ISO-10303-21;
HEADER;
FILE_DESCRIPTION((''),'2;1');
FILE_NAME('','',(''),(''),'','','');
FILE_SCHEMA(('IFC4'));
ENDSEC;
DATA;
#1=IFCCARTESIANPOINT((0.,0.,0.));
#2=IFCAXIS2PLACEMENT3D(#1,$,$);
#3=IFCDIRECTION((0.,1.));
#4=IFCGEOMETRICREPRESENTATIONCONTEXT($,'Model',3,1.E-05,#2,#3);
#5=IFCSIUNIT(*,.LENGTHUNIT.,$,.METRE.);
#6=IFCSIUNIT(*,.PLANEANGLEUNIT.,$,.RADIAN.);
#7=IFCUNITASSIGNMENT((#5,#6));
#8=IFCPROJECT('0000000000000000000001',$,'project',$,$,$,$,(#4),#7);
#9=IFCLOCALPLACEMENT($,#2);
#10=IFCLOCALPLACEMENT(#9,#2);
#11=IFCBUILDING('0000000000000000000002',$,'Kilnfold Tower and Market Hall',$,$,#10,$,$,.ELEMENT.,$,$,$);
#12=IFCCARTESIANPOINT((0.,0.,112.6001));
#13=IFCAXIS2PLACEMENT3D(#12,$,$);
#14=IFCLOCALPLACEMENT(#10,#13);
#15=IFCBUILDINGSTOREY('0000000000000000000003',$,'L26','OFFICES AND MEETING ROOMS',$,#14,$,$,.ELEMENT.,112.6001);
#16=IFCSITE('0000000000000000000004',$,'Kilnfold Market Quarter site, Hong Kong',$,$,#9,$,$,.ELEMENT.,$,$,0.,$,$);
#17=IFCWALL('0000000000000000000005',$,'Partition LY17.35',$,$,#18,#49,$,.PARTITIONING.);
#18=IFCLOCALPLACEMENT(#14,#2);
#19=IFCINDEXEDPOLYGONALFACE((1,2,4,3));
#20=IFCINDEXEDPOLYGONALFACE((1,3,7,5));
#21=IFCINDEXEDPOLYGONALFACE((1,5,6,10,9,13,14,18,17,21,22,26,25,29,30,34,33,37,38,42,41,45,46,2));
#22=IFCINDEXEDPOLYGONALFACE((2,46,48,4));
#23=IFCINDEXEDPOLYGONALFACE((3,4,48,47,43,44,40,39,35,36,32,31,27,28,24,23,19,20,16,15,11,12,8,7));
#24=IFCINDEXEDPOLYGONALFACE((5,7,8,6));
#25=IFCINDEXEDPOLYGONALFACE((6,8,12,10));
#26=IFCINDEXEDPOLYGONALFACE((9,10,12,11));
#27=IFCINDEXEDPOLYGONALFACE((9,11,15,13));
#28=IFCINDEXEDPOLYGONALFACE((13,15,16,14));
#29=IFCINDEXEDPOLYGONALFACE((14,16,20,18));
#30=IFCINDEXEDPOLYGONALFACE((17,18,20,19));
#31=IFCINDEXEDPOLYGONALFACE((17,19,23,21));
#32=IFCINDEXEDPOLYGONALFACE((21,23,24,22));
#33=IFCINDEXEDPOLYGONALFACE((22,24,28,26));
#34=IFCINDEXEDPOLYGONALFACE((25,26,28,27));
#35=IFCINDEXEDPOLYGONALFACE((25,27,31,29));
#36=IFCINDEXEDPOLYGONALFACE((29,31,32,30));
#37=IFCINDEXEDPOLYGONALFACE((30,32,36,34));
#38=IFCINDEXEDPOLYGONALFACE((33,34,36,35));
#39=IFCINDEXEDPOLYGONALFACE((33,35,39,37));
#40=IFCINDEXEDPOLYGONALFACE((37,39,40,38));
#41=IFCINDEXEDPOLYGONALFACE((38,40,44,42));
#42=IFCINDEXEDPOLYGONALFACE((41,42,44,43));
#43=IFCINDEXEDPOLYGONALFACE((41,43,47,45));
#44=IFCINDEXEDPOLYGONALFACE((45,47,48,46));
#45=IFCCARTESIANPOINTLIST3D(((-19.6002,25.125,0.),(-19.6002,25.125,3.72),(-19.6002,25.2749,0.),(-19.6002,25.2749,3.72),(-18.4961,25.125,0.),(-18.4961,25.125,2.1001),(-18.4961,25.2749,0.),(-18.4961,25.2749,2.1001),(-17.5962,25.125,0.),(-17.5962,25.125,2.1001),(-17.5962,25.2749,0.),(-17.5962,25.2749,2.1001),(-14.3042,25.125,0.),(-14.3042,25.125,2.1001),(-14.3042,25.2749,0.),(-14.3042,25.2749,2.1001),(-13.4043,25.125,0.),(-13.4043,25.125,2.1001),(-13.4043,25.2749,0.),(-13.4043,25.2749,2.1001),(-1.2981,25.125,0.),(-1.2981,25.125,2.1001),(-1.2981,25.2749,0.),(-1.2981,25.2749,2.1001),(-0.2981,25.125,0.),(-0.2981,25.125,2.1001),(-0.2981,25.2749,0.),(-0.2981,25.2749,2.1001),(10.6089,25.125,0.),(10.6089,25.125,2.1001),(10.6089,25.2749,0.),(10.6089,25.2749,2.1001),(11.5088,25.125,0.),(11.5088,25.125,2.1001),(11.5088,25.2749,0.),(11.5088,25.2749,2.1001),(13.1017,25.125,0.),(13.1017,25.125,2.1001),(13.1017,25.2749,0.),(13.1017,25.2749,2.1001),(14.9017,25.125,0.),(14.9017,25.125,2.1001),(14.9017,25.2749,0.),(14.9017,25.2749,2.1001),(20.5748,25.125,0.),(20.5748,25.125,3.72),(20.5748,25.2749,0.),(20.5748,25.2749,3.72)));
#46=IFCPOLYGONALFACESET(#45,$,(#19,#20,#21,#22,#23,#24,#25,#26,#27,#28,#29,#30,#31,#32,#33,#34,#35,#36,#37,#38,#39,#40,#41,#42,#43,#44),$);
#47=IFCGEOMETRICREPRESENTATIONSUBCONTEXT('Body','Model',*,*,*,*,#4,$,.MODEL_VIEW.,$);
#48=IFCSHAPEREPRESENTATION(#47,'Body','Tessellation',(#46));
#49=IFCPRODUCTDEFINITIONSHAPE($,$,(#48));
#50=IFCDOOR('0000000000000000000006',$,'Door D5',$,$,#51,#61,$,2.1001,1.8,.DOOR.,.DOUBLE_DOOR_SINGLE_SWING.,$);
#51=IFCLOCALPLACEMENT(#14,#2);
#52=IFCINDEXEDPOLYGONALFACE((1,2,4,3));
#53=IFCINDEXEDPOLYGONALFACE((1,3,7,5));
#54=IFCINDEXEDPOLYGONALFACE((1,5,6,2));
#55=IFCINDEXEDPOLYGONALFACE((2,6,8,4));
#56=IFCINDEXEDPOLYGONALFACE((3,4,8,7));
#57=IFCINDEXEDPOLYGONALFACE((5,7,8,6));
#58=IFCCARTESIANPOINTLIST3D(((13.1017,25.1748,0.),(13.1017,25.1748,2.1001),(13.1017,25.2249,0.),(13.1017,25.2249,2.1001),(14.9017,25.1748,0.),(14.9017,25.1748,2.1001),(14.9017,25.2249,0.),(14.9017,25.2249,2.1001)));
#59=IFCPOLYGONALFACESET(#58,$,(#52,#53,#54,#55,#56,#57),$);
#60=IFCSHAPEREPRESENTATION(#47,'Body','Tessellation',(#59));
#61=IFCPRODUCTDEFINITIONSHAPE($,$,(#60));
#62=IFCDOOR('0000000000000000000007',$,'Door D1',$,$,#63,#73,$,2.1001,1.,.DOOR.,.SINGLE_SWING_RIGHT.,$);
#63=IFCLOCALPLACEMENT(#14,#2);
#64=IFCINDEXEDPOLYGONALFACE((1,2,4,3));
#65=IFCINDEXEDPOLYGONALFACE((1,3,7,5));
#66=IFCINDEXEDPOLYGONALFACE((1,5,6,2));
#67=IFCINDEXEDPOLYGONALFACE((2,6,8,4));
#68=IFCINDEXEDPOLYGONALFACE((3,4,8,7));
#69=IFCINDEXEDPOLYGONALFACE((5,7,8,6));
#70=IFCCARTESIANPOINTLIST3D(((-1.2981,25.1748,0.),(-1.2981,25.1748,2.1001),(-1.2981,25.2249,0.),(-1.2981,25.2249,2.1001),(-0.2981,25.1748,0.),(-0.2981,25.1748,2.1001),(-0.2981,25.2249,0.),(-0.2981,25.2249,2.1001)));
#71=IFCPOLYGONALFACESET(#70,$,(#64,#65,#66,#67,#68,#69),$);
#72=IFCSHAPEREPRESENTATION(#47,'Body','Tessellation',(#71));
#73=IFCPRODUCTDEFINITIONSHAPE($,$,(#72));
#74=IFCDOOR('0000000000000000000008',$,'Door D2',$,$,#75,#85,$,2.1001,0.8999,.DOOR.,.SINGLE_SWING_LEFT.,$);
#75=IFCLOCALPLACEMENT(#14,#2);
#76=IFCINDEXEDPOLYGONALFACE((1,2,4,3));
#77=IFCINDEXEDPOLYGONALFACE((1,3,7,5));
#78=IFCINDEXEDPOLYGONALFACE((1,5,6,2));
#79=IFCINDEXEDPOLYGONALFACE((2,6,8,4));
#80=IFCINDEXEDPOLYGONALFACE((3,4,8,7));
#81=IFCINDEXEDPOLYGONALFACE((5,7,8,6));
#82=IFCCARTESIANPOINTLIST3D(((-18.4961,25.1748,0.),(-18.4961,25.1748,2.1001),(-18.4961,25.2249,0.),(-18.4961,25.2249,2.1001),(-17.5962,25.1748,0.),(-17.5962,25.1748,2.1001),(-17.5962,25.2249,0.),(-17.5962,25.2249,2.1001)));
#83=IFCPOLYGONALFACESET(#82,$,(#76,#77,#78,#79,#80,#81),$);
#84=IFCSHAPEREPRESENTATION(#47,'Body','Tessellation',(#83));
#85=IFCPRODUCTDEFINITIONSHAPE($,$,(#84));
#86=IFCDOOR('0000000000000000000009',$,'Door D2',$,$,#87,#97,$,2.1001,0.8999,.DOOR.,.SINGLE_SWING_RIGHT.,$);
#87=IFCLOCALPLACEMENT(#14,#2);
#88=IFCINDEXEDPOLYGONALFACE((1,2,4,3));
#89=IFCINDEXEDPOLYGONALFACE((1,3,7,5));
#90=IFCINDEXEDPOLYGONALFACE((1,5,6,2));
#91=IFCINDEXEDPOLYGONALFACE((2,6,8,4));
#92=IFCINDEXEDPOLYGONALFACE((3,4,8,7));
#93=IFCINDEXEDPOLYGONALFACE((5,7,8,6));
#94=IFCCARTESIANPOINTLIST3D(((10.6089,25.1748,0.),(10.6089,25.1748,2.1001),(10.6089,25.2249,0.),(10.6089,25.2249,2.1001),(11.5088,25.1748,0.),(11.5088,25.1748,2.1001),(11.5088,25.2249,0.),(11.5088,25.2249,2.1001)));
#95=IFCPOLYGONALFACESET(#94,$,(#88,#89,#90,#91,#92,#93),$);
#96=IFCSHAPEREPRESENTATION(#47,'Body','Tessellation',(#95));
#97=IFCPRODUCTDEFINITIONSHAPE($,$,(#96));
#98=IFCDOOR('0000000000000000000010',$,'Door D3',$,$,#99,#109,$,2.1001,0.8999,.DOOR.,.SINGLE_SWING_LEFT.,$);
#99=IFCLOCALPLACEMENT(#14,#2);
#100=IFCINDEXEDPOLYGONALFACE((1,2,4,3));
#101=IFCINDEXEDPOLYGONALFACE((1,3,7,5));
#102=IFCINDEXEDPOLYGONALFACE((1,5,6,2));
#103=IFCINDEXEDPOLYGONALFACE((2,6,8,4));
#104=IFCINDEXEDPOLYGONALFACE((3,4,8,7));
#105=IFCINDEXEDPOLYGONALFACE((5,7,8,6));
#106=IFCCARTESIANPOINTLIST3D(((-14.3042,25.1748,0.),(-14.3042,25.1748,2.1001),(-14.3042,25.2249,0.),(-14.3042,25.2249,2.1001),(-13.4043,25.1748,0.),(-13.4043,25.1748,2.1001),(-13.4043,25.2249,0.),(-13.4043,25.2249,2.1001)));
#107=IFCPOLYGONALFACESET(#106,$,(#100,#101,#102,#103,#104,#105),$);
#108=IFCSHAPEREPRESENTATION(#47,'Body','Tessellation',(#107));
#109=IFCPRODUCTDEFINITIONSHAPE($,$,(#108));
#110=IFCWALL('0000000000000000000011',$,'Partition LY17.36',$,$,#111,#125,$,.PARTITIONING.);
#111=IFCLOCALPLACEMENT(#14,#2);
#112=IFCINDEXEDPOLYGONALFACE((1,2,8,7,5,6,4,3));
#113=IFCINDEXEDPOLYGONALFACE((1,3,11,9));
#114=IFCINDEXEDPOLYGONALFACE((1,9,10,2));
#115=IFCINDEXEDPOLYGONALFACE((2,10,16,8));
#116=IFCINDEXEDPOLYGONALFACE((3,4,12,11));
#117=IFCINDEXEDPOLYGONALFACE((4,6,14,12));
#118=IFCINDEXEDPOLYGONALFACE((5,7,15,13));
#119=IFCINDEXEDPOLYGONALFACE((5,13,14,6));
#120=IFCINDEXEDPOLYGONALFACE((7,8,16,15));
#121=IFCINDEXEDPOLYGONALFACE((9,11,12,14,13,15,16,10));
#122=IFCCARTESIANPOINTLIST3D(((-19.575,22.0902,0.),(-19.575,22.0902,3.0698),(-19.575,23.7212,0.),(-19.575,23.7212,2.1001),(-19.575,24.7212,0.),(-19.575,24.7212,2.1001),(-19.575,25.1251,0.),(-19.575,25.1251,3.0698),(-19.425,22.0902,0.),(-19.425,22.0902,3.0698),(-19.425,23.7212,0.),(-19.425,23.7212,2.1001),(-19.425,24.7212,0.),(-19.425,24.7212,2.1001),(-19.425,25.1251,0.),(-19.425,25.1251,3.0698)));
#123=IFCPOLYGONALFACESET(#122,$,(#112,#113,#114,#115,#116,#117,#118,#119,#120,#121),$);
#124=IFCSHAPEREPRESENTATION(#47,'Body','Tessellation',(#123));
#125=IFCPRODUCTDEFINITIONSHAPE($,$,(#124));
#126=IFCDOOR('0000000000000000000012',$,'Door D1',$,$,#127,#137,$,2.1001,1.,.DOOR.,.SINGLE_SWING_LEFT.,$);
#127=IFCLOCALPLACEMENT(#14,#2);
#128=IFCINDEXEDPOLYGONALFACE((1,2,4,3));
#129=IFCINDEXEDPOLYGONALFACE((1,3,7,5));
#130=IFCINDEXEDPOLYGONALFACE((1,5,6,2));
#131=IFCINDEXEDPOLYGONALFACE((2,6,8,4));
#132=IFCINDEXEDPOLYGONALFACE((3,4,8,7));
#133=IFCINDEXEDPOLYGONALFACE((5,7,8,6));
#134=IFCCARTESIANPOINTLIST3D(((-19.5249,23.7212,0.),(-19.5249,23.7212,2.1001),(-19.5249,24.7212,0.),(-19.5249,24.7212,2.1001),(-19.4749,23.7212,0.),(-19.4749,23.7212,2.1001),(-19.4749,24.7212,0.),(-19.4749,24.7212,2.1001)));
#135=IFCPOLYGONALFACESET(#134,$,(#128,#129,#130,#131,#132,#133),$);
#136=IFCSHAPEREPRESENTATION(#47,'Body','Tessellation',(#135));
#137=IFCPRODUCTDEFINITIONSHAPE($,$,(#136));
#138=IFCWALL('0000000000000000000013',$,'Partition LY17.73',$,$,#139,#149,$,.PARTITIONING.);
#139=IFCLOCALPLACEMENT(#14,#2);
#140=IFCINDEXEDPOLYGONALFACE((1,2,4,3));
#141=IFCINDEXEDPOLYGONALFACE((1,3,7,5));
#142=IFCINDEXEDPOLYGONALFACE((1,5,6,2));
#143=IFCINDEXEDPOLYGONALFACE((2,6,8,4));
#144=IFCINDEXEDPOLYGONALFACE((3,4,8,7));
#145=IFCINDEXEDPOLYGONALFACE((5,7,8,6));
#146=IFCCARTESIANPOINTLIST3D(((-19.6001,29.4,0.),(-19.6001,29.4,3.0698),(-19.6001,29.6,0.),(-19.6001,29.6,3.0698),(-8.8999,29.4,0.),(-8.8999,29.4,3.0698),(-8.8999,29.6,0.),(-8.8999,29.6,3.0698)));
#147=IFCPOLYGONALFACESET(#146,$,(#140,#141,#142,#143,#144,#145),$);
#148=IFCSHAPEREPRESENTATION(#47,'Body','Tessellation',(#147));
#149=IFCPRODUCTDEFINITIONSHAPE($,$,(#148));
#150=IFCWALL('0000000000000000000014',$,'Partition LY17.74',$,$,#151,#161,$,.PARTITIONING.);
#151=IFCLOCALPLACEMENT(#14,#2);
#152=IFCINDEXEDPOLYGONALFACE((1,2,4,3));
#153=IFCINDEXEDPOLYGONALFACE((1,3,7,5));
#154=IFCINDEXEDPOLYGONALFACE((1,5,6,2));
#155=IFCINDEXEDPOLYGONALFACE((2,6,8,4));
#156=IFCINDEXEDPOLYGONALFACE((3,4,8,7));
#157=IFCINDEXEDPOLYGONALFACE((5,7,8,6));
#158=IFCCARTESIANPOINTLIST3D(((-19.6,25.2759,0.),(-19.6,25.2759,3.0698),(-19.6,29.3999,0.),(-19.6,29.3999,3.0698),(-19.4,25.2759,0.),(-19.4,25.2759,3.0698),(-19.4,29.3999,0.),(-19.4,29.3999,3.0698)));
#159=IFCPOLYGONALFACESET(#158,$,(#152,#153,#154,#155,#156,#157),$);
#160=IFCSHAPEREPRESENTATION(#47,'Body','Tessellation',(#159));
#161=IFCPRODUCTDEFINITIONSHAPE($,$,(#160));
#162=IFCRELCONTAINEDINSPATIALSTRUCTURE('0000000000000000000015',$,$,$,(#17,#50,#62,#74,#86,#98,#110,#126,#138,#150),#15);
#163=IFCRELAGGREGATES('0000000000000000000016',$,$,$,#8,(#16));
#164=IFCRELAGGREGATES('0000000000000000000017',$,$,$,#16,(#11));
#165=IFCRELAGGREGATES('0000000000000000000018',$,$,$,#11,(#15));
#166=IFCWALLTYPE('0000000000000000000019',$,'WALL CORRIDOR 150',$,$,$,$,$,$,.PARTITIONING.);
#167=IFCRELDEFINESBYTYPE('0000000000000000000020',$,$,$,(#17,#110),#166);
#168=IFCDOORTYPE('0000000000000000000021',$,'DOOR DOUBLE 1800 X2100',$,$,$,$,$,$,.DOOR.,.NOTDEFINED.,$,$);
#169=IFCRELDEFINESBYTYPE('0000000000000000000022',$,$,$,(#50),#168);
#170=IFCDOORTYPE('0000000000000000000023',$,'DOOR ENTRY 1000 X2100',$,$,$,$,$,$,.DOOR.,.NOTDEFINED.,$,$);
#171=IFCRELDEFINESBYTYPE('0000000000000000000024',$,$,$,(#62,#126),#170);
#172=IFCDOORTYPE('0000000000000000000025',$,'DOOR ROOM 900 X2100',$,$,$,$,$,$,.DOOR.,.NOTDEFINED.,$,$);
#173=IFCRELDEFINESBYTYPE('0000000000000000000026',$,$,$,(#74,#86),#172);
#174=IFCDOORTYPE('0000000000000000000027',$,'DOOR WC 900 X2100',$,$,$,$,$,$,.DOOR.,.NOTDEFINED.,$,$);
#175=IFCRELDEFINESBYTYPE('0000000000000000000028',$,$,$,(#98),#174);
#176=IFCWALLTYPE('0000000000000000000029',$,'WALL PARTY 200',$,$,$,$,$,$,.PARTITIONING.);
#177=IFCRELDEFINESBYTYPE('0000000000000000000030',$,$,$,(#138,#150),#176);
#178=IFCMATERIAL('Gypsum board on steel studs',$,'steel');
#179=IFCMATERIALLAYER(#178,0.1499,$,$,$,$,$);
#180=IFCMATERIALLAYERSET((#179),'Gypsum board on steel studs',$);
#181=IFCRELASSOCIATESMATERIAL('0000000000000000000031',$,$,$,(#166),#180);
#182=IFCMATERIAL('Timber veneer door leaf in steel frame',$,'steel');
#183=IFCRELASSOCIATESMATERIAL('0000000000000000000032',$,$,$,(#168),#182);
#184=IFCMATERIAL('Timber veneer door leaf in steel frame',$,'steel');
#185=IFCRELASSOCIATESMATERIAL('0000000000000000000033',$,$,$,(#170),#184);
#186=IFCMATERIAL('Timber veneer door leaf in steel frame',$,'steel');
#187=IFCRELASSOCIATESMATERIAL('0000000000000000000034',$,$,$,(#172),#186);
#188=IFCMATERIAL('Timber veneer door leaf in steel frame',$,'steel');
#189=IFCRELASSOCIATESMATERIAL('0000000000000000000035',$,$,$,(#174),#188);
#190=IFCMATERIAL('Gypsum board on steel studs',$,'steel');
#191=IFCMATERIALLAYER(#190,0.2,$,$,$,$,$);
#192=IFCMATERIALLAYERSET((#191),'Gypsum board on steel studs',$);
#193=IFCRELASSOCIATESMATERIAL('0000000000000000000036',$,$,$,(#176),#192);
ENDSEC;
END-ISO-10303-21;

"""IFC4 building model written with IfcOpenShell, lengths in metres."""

from ifc_helpers import new_model, si_unit, direction, frame, frame_2d, origin, place, context, subcontext, project, spatial, rectangle, extrude, material, layer, layer_set, type_object, element, fill, save


model = new_model("IFC4")

# Units and contexts
model_context = context("Model", 3, precision=1e-05, world=origin(), true_north=direction((0.0, 1.0)))
body_context = subcontext(model_context, "Body", "Model", "MODEL_VIEW")
ifc_project = project(units=[si_unit("LENGTHUNIT", "METRE"), si_unit("PLANEANGLEUNIT", "RADIAN")], contexts=[model_context])

# Site, building, storey
site_placement = place(None, origin())
site = spatial("IfcSite", under=ifc_project, at=site_placement, Name="Kilnfold Market Quarter site, Hong Kong", CompositionType="ELEMENT", RefElevation=0.0)
building_placement = place(site_placement, origin())
building = spatial("IfcBuilding", under=site, at=building_placement, Name="Kilnfold Tower and Market Hall", CompositionType="ELEMENT")
storey_placement = place(building_placement, frame((0.0, 0.0, 112.6001)))
storey = spatial("IfcBuildingStorey", under=building, at=storey_placement, Name="L26", Description="OFFICES AND MEETING ROOMS", CompositionType="ELEMENT", Elevation=112.6001)

# Wall, openings, doors
ifc_material_1 = material(Name="Gypsum board on steel studs", Category="steel")
ifc_layer_1 = layer(ifc_material_1, 0.1499)
ifc_layer_set_1 = layer_set([ifc_layer_1], Name="Gypsum board on steel studs")
wall_type_1 = type_object("IfcWallType", Name="WALL CORRIDOR 150", PredefinedType="PARTITIONING", material=ifc_layer_set_1)
wall_1_placement = place(storey_placement, frame((-19.6001, 25.2, 0.0), z_axis=(0.0, 0.0, 1.0), x_axis=(1.0, 0.0, 0.0)))
wall_1 = element("IfcWall", 1, at=wall_1_placement, inside=storey, type_object=wall_type_1, Name="Partition LY17.35", PredefinedType="PARTITIONING", context=body_context, shape_type="SweptSolid", body=[
    extrude(rectangle(XDim=40.175, YDim=0.1499, at=frame_2d((20.0874, 0.0))), origin(), (0.0, 0.0, 1.0), 3.72),
])
opening_1_placement = place(wall_1_placement, frame((1.104, 0.0, 0.0)))
opening_1 = element("IfcOpeningElement", 2, at=opening_1_placement, cuts=wall_1, PredefinedType="OPENING", context=body_context, shape_type="SweptSolid", body=[
    extrude(rectangle(XDim=0.8999, YDim=2.1001, at=frame_2d((0.45, 1.05))), frame((0.0, 0.085, 0.0), z_axis=(0.0, -1.0, 0.0), x_axis=(1.0, 0.0, 0.0)), (0.0, 0.0, 1.0), 0.1699),
])
opening_2_placement = place(wall_1_placement, frame((5.2959, 0.0, 0.0)))
opening_2 = element("IfcOpeningElement", 3, at=opening_2_placement, cuts=wall_1, PredefinedType="OPENING", context=body_context, shape_type="SweptSolid", body=[
    extrude(rectangle(XDim=0.8999, YDim=2.1001, at=frame_2d((0.45, 1.05))), frame((0.0, 0.085, 0.0), z_axis=(0.0, -1.0, 0.0), x_axis=(1.0, 0.0, 0.0)), (0.0, 0.0, 1.0), 0.1699),
])
opening_3_placement = place(wall_1_placement, frame((18.302, 0.0, 0.0)))
opening_3 = element("IfcOpeningElement", 4, at=opening_3_placement, cuts=wall_1, PredefinedType="OPENING", context=body_context, shape_type="SweptSolid", body=[
    extrude(rectangle(XDim=1.0, YDim=2.1001, at=frame_2d((0.5, 1.05))), frame((0.0, 0.085, 0.0), z_axis=(0.0, -1.0, 0.0), x_axis=(1.0, 0.0, 0.0)), (0.0, 0.0, 1.0), 0.1699),
])
opening_4_placement = place(wall_1_placement, frame((30.209, 0.0, 0.0)))
opening_4 = element("IfcOpeningElement", 5, at=opening_4_placement, cuts=wall_1, PredefinedType="OPENING", context=body_context, shape_type="SweptSolid", body=[
    extrude(rectangle(XDim=0.8999, YDim=2.1001, at=frame_2d((0.45, 1.05))), frame((0.0, 0.085, 0.0), z_axis=(0.0, -1.0, 0.0), x_axis=(1.0, 0.0, 0.0)), (0.0, 0.0, 1.0), 0.1699),
])
opening_5_placement = place(wall_1_placement, frame((32.7019, 0.0, 0.0)))
opening_5 = element("IfcOpeningElement", 6, at=opening_5_placement, cuts=wall_1, PredefinedType="OPENING", context=body_context, shape_type="SweptSolid", body=[
    extrude(rectangle(XDim=1.8, YDim=2.1001, at=frame_2d((0.8999, 1.05))), frame((0.0, 0.085, 0.0), z_axis=(0.0, -1.0, 0.0), x_axis=(1.0, 0.0, 0.0)), (0.0, 0.0, 1.0), 0.1699),
])
ifc_material_2 = material(Name="Timber veneer door leaf in steel frame", Category="steel")
door_type_1 = type_object("IfcDoorType", Name="DOOR DOUBLE 1800 X2100", OperationType="NOTDEFINED", PredefinedType="DOOR", material=ifc_material_2)
door_1_placement = place(opening_5_placement, origin())
door_1 = element("IfcDoor", 7, at=door_1_placement, inside=storey, type_object=door_type_1, Name="Door D5", OperationType="DOUBLE_DOOR_SINGLE_SWING", OverallHeight=2.1001, OverallWidth=1.8, PredefinedType="DOOR", context=body_context, shape_type="SweptSolid", body=[
    extrude(rectangle(XDim=1.8, YDim=2.1001, at=frame_2d((0.8999, 1.05))), frame((0.0, 0.0249, 0.0), z_axis=(0.0, -1.0, 0.0), x_axis=(1.0, 0.0, 0.0)), (0.0, 0.0, 1.0), 0.05),
])
fill(opening_5, door_1)
ifc_material_3 = material(Name="Timber veneer door leaf in steel frame", Category="steel")
door_type_2 = type_object("IfcDoorType", Name="DOOR ENTRY 1000 X2100", OperationType="NOTDEFINED", PredefinedType="DOOR", material=ifc_material_3)
door_2_placement = place(opening_3_placement, origin())
door_2 = element("IfcDoor", 8, at=door_2_placement, inside=storey, type_object=door_type_2, Name="Door D1", OperationType="SINGLE_SWING_RIGHT", OverallHeight=2.1001, OverallWidth=1.0, PredefinedType="DOOR", context=body_context, shape_type="SweptSolid", body=[
    extrude(rectangle(XDim=1.0, YDim=2.1001, at=frame_2d((0.5, 1.05))), frame((0.0, 0.0249, 0.0), z_axis=(0.0, -1.0, 0.0), x_axis=(1.0, 0.0, 0.0)), (0.0, 0.0, 1.0), 0.05),
])
fill(opening_3, door_2)
ifc_material_4 = material(Name="Timber veneer door leaf in steel frame", Category="steel")
door_type_3 = type_object("IfcDoorType", Name="DOOR ROOM 900 X2100", OperationType="NOTDEFINED", PredefinedType="DOOR", material=ifc_material_4)
door_3_placement = place(opening_1_placement, origin())
door_3 = element("IfcDoor", 9, at=door_3_placement, inside=storey, type_object=door_type_3, Name="Door D2", OperationType="SINGLE_SWING_LEFT", OverallHeight=2.1001, OverallWidth=0.8999, PredefinedType="DOOR", context=body_context, shape_type="SweptSolid", body=[
    extrude(rectangle(XDim=0.8999, YDim=2.1001, at=frame_2d((0.45, 1.05))), frame((0.0, 0.0249, 0.0), z_axis=(0.0, -1.0, 0.0), x_axis=(1.0, 0.0, 0.0)), (0.0, 0.0, 1.0), 0.05),
])
fill(opening_1, door_3)
door_4_placement = place(opening_4_placement, origin())
door_4 = element("IfcDoor", 10, at=door_4_placement, inside=storey, type_object=door_type_3, Name="Door D2", OperationType="SINGLE_SWING_RIGHT", OverallHeight=2.1001, OverallWidth=0.8999, PredefinedType="DOOR", context=body_context, shape_type="SweptSolid", body=[
    extrude(rectangle(XDim=0.8999, YDim=2.1001, at=frame_2d((0.45, 1.05))), frame((0.0, 0.0249, 0.0), z_axis=(0.0, -1.0, 0.0), x_axis=(1.0, 0.0, 0.0)), (0.0, 0.0, 1.0), 0.05),
])
fill(opening_4, door_4)
ifc_material_5 = material(Name="Timber veneer door leaf in steel frame", Category="steel")
door_type_4 = type_object("IfcDoorType", Name="DOOR WC 900 X2100", OperationType="NOTDEFINED", PredefinedType="DOOR", material=ifc_material_5)
door_5_placement = place(opening_2_placement, origin())
door_5 = element("IfcDoor", 11, at=door_5_placement, inside=storey, type_object=door_type_4, Name="Door D3", OperationType="SINGLE_SWING_LEFT", OverallHeight=2.1001, OverallWidth=0.8999, PredefinedType="DOOR", context=body_context, shape_type="SweptSolid", body=[
    extrude(rectangle(XDim=0.8999, YDim=2.1001, at=frame_2d((0.45, 1.05))), frame((0.0, 0.0249, 0.0), z_axis=(0.0, -1.0, 0.0), x_axis=(1.0, 0.0, 0.0)), (0.0, 0.0, 1.0), 0.05),
])
fill(opening_2, door_5)

# Wall, opening, door
wall_2_placement = place(storey_placement, frame((-19.5, 22.0901, 0.0), z_axis=(0.0, 0.0, 1.0), x_axis=(0.0, 1.0, 0.0)))
wall_2 = element("IfcWall", 12, at=wall_2_placement, inside=storey, type_object=wall_type_1, Name="Partition LY17.36", PredefinedType="PARTITIONING", context=body_context, shape_type="SweptSolid", body=[
    extrude(rectangle(XDim=3.0349, YDim=0.1499, at=frame_2d((1.5176, 0.0))), origin(), (0.0, 0.0, 1.0), 3.0698),
])
opening_6_placement = place(wall_2_placement, frame((1.6311, 0.0, 0.0)))
opening_6 = element("IfcOpeningElement", 13, at=opening_6_placement, cuts=wall_2, PredefinedType="OPENING", context=body_context, shape_type="SweptSolid", body=[
    extrude(rectangle(XDim=1.0, YDim=2.1001, at=frame_2d((0.5, 1.05))), frame((0.0, 0.085, 0.0), z_axis=(0.0, -1.0, 0.0), x_axis=(1.0, 0.0, 0.0)), (0.0, 0.0, 1.0), 0.1699),
])
door_6_placement = place(opening_6_placement, origin())
door_6 = element("IfcDoor", 14, at=door_6_placement, inside=storey, type_object=door_type_2, Name="Door D1", OperationType="SINGLE_SWING_LEFT", OverallHeight=2.1001, OverallWidth=1.0, PredefinedType="DOOR", context=body_context, shape_type="SweptSolid", body=[
    extrude(rectangle(XDim=1.0, YDim=2.1001, at=frame_2d((0.5, 1.05))), frame((0.0, 0.0249, 0.0), z_axis=(0.0, -1.0, 0.0), x_axis=(1.0, 0.0, 0.0)), (0.0, 0.0, 1.0), 0.05),
])
fill(opening_6, door_6)

# Walls
ifc_material_6 = material(Name="Gypsum board on steel studs", Category="steel")
ifc_layer_2 = layer(ifc_material_6, 0.2)
ifc_layer_set_2 = layer_set([ifc_layer_2], Name="Gypsum board on steel studs")
wall_type_2 = type_object("IfcWallType", Name="WALL PARTY 200", PredefinedType="PARTITIONING", material=ifc_layer_set_2)
wall_3_placement = place(storey_placement, frame((-19.6001, 29.5, 0.0), z_axis=(0.0, 0.0, 1.0), x_axis=(1.0, 0.0, 0.0)))
element("IfcWall", 15, at=wall_3_placement, inside=storey, type_object=wall_type_2, Name="Partition LY17.73", PredefinedType="PARTITIONING", context=body_context, shape_type="SweptSolid", body=[
    extrude(rectangle(XDim=10.7002, YDim=0.2, at=frame_2d((5.3501, 0.0))), origin(), (0.0, 0.0, 1.0), 3.0698),
])
wall_4_placement = place(storey_placement, frame((-19.5, 29.3999, 0.0), z_axis=(0.0, 0.0, 1.0), x_axis=(0.0, -1.0, 0.0)))
element("IfcWall", 16, at=wall_4_placement, inside=storey, type_object=wall_type_2, Name="Partition LY17.74", PredefinedType="PARTITIONING", context=body_context, shape_type="SweptSolid", body=[
    extrude(rectangle(XDim=4.124, YDim=0.2, at=frame_2d((2.062, 0.0))), origin(), (0.0, 0.0, 1.0), 3.0698),
])

save(model, "model.ifc")
